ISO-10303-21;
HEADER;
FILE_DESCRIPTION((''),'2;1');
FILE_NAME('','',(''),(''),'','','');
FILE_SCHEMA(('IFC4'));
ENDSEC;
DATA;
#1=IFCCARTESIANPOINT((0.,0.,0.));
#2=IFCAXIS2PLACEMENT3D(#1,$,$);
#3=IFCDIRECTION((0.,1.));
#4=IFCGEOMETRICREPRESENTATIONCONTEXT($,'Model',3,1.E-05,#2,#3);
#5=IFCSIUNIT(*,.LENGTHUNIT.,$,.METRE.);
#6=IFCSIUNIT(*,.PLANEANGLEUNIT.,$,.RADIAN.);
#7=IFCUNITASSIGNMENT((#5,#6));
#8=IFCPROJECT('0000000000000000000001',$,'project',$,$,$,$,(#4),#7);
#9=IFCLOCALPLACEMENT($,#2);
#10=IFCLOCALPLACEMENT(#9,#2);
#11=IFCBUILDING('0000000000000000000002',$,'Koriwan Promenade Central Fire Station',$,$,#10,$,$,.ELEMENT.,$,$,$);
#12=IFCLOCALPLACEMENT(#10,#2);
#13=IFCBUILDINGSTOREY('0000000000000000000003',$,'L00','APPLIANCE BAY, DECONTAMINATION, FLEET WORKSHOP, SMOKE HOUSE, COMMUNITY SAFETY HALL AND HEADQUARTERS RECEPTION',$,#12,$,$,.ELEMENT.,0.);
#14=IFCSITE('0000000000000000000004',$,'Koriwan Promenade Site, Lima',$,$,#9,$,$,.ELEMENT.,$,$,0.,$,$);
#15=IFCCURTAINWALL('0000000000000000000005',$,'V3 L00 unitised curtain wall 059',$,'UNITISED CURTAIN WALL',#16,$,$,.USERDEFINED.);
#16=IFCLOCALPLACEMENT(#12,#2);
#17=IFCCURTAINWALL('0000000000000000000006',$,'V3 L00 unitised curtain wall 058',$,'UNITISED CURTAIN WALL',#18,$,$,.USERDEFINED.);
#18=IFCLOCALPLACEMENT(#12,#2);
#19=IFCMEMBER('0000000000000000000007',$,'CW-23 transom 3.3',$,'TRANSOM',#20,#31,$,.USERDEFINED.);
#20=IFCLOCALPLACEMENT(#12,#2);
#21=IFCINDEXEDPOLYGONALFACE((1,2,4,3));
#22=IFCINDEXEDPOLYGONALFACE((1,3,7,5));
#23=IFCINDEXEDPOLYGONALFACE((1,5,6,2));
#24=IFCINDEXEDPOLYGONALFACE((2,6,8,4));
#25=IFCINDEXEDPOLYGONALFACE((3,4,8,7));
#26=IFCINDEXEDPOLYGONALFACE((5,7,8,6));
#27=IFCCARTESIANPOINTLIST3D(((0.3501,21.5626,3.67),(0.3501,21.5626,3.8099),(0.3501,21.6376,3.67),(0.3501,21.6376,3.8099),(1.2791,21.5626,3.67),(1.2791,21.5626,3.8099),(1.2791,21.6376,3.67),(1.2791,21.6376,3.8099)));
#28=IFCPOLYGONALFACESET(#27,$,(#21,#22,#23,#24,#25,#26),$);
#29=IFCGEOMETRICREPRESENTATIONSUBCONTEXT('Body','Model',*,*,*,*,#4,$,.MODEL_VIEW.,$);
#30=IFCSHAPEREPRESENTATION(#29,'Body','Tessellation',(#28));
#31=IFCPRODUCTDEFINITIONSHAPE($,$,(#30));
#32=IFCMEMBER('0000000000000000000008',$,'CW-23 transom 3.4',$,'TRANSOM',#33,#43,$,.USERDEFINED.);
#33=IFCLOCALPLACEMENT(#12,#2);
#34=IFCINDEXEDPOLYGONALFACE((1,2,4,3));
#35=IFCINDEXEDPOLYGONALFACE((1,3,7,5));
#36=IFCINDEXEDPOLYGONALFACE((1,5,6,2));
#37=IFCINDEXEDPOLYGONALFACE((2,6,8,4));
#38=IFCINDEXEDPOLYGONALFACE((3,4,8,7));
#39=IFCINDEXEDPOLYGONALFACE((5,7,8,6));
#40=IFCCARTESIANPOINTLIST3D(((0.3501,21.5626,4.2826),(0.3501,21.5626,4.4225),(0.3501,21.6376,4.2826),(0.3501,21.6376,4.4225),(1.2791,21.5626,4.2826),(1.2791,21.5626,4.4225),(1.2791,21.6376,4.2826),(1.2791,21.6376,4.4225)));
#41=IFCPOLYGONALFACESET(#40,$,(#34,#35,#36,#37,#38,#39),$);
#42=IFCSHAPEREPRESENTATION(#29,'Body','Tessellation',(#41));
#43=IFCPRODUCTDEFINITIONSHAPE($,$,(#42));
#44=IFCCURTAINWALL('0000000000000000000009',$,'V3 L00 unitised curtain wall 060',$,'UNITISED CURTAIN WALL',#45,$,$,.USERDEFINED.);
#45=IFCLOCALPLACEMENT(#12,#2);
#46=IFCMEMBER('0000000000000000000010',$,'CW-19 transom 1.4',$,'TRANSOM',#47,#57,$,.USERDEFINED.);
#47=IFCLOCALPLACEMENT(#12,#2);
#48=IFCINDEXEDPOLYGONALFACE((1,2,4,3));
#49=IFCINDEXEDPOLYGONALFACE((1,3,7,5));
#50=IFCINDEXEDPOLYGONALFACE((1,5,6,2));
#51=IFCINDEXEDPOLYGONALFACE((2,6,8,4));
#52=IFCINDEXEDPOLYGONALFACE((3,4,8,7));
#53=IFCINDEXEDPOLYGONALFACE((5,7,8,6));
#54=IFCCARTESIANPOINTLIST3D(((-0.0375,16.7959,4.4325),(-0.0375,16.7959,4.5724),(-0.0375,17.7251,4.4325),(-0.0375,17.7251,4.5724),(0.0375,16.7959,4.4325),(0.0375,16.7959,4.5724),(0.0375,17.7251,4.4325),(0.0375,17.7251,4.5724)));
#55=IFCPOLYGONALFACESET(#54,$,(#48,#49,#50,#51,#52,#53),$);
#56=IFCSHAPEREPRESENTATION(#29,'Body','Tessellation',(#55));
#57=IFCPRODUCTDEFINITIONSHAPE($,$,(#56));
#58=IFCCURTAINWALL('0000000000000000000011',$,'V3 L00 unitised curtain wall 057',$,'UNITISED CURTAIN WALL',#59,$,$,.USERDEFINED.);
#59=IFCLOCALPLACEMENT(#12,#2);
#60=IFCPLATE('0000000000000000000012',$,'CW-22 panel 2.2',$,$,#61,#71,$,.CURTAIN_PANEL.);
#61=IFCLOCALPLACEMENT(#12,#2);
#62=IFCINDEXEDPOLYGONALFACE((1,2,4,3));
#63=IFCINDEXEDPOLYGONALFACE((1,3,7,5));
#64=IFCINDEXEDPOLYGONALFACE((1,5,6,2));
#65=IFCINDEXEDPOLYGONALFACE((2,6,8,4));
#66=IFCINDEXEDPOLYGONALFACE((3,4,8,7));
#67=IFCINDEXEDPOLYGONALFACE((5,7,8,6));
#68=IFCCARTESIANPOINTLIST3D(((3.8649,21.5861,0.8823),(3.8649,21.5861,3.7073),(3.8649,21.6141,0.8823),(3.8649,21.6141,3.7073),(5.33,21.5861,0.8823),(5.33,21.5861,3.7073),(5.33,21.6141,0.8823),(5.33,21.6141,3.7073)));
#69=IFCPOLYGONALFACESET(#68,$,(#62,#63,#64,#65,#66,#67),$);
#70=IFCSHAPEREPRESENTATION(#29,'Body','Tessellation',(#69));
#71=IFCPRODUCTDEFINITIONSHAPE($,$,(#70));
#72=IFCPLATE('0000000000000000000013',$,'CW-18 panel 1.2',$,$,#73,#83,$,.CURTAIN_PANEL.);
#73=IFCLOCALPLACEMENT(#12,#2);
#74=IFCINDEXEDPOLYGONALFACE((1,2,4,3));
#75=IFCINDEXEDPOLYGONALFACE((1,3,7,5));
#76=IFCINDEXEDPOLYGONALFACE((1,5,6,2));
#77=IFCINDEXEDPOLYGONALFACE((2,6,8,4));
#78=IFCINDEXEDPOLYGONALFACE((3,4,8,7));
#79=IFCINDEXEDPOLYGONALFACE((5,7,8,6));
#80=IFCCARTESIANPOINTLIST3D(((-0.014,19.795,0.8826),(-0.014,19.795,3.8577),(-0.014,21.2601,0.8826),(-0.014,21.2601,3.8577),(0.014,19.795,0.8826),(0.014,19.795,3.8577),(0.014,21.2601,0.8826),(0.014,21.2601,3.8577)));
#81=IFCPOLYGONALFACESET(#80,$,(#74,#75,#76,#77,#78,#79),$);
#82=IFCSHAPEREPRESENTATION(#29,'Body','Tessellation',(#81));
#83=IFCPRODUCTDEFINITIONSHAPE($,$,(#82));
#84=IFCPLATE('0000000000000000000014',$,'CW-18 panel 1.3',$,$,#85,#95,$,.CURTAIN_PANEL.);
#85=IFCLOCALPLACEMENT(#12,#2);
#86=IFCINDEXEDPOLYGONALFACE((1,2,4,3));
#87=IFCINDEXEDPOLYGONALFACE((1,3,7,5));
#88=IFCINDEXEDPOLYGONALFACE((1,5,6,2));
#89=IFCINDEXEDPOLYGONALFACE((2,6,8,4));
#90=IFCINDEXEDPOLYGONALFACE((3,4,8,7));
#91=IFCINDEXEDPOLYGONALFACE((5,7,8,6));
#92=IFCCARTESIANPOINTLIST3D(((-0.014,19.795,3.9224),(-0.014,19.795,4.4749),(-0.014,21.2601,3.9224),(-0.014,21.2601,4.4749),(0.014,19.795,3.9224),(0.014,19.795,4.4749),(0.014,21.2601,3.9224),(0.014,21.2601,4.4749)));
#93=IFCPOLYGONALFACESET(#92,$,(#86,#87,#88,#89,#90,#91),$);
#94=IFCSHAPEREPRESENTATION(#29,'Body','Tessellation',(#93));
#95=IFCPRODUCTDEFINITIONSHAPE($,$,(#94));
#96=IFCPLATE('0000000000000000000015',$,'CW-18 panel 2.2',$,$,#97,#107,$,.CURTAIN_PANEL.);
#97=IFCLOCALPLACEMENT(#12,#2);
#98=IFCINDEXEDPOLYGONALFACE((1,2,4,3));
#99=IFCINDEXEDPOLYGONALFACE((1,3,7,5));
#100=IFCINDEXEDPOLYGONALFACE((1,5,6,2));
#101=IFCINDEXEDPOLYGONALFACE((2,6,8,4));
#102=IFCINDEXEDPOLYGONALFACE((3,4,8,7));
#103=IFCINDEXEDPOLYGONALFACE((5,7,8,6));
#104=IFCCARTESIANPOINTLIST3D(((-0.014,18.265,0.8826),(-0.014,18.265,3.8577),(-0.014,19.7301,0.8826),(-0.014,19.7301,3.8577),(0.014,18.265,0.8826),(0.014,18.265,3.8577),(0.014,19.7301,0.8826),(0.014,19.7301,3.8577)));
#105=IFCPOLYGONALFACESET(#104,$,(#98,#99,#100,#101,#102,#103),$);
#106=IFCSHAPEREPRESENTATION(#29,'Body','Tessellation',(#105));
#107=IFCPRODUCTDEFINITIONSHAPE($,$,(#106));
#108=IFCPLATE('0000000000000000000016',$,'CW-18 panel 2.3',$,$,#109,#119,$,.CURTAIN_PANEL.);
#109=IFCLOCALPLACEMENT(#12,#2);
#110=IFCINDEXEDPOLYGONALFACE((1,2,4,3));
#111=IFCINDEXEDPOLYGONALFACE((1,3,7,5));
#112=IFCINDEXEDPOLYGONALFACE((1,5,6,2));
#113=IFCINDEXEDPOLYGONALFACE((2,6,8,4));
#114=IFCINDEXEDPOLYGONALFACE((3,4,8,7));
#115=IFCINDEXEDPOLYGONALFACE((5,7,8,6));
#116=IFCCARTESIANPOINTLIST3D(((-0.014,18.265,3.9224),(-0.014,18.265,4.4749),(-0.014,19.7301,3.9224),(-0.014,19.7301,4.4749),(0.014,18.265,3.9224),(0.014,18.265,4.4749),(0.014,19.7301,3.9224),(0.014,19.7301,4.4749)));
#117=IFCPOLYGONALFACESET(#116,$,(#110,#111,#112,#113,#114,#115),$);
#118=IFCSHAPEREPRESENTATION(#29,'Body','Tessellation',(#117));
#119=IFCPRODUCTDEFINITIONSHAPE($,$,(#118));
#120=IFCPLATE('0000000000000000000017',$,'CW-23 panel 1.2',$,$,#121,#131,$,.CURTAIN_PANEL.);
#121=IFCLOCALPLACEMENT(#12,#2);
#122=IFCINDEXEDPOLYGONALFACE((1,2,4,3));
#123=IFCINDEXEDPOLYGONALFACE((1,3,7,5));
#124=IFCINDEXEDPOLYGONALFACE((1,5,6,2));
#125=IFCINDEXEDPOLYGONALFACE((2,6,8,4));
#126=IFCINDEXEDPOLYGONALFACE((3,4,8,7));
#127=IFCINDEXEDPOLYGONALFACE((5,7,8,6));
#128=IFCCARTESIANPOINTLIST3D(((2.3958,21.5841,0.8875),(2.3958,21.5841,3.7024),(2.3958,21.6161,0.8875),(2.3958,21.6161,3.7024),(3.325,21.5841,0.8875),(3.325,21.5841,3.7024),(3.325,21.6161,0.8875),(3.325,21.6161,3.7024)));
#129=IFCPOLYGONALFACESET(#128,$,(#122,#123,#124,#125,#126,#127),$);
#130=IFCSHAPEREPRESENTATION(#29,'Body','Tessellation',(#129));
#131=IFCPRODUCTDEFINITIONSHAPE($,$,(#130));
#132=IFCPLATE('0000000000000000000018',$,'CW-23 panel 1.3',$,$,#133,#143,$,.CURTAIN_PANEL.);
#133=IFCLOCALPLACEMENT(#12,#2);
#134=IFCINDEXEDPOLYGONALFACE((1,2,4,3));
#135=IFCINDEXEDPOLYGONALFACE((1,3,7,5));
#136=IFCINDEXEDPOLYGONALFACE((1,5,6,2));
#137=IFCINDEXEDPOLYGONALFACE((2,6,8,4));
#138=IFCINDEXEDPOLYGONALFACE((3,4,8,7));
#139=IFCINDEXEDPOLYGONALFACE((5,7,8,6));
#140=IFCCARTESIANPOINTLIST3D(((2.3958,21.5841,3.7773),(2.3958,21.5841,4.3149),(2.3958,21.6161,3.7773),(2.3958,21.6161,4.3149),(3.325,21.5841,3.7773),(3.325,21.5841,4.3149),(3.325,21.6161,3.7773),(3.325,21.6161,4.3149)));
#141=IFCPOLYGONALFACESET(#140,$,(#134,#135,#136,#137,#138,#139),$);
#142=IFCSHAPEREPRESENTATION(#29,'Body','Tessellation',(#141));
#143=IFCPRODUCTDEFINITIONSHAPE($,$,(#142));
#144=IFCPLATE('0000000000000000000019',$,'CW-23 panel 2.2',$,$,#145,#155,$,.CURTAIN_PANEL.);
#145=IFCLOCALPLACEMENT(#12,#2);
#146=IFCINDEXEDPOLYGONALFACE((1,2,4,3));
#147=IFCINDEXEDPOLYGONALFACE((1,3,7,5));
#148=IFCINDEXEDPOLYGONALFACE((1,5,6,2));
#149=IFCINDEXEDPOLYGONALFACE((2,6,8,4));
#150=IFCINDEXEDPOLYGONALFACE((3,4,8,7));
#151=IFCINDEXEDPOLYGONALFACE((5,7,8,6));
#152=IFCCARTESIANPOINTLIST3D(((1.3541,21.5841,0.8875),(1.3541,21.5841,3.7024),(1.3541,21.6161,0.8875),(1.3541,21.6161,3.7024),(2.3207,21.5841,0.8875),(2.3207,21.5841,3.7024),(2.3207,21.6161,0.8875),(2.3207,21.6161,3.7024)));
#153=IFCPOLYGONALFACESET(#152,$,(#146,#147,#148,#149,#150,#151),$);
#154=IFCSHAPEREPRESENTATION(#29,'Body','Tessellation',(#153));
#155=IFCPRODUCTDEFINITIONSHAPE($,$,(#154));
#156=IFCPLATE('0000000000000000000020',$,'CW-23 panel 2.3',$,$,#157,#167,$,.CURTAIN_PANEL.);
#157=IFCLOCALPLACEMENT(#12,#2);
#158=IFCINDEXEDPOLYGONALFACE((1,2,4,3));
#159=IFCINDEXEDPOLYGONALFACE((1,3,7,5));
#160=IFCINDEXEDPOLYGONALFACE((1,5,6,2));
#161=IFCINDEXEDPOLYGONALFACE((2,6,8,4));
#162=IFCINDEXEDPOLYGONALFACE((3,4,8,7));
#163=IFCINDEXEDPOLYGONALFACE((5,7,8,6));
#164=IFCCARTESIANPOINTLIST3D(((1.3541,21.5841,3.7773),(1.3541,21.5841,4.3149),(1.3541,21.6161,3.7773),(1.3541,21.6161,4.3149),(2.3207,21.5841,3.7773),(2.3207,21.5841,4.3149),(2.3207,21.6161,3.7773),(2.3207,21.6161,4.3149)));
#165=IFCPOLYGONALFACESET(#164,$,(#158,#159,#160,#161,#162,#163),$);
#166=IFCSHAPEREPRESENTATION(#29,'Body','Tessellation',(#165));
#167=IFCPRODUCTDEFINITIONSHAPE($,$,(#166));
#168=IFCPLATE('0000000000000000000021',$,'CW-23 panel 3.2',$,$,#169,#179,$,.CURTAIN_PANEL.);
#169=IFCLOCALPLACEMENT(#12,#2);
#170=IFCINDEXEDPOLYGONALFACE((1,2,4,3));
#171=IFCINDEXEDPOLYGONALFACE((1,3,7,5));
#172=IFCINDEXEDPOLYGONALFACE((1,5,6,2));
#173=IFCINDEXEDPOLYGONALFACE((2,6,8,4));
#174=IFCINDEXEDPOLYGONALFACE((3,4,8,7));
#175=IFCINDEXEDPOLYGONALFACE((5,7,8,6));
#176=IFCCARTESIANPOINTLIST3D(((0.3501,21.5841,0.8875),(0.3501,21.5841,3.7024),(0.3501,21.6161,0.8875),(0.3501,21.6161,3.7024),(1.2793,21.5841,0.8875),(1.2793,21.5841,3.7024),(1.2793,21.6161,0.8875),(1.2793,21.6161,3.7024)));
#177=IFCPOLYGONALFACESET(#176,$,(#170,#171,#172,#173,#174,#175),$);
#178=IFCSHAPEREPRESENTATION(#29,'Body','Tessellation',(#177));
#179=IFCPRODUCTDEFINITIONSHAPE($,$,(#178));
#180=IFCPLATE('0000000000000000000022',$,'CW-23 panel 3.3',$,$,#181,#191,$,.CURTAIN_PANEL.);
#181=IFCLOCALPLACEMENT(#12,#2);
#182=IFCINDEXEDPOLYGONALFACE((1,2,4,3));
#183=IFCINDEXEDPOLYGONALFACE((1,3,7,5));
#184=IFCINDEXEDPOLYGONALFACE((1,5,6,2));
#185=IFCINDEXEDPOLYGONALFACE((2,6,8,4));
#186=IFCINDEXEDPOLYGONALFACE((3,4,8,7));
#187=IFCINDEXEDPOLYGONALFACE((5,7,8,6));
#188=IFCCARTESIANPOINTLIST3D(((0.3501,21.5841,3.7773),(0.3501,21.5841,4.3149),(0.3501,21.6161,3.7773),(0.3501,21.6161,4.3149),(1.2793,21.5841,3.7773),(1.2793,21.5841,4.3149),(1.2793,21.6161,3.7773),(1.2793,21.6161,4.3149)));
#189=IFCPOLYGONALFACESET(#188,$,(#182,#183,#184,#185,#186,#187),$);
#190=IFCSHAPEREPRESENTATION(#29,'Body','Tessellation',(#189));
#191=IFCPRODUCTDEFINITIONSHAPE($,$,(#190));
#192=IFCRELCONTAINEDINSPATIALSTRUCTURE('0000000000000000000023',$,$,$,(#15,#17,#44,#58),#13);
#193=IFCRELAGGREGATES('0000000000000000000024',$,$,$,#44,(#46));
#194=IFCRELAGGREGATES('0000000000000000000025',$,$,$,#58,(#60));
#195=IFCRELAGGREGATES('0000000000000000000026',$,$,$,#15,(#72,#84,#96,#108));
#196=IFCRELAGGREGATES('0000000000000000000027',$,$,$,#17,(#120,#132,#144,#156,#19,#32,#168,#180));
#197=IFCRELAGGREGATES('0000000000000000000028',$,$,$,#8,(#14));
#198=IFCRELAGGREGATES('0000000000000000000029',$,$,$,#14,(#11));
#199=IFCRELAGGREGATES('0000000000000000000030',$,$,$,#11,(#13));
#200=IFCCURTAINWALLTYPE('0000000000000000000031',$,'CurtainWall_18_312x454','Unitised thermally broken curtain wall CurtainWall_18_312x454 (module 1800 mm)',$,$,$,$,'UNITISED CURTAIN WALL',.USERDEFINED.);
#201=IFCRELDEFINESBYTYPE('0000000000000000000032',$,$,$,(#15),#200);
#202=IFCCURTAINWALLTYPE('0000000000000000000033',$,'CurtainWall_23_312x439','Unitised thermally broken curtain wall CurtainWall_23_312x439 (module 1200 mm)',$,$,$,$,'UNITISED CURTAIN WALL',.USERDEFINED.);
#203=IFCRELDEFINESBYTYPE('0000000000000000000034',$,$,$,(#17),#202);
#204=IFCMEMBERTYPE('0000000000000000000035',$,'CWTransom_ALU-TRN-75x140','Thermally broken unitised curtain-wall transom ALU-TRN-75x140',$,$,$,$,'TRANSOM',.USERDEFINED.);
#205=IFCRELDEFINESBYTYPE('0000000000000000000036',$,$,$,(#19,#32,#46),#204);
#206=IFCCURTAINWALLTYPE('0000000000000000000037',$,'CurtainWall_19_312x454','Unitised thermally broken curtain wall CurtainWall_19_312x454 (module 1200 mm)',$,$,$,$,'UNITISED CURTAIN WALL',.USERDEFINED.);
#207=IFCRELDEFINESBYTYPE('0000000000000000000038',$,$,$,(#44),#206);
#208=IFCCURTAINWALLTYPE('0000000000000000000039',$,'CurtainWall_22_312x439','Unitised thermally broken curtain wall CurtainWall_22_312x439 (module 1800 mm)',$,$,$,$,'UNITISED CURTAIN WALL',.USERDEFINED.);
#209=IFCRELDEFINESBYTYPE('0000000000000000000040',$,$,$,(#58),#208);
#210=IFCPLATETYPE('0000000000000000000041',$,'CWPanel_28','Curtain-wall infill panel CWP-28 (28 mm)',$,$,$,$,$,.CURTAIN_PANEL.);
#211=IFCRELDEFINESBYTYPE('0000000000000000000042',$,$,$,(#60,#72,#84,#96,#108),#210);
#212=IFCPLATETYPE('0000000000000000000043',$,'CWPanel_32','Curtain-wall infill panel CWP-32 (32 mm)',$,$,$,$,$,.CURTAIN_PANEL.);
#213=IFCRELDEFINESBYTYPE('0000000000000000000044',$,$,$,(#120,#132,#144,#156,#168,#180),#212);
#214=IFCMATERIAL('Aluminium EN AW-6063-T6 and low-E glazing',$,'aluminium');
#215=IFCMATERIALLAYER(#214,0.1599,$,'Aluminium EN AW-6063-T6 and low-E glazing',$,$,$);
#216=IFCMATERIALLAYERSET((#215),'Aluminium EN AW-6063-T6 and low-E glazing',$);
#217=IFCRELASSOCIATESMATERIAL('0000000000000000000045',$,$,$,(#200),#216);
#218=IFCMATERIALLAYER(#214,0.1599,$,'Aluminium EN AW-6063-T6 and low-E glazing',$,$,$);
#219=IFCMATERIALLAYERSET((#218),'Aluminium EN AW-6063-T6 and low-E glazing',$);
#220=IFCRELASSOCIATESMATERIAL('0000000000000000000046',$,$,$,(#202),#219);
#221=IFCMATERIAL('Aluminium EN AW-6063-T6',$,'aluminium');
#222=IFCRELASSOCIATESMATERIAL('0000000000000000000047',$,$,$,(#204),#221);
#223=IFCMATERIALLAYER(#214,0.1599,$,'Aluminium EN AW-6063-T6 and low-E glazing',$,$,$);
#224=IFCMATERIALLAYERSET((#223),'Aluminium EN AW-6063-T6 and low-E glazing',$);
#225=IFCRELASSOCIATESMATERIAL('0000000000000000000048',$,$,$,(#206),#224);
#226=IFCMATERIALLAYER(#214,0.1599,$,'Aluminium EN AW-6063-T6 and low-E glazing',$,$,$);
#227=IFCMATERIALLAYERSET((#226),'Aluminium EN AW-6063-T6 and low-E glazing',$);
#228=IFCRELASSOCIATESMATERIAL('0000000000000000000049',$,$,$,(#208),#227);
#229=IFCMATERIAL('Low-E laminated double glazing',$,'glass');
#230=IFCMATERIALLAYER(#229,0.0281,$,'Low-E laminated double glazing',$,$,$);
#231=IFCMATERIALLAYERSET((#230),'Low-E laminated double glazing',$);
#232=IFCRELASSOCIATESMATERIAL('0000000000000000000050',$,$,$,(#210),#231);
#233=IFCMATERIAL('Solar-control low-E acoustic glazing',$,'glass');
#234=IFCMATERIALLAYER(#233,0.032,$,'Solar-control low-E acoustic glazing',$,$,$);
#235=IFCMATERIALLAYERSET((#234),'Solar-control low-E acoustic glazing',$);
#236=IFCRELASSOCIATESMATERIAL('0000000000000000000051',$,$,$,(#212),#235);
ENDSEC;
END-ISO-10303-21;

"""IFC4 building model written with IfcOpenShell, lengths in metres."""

from ifc_helpers import new_model, si_unit, direction, frame, origin, origin_2d, place, context, subcontext, project, spatial, rectangle, extrude, material, layer, layer_set, material_profile, profile_set, type_object, element, aggregate, save


model = new_model("IFC4")

# Units and contexts
model_context = context("Model", 3, precision=1e-05, world=origin(), true_north=direction((0.0, 1.0)))
body_context = subcontext(model_context, "Body", "Model", "MODEL_VIEW")
ifc_project = project(units=[si_unit("LENGTHUNIT", "METRE"), si_unit("PLANEANGLEUNIT", "RADIAN")], contexts=[model_context])

# Site, building, storey
site_placement = place(None, origin())
site = spatial("IfcSite", under=ifc_project, at=site_placement, Name="Koriwan Promenade Site, Lima", CompositionType="ELEMENT", RefElevation=0.0)
building_placement = place(site_placement, origin())
building = spatial("IfcBuilding", under=site, at=building_placement, Name="Koriwan Promenade Central Fire Station", CompositionType="ELEMENT")
storey_placement = place(building_placement, origin())
storey = spatial("IfcBuildingStorey", under=building, at=storey_placement, Name="L00", Description="APPLIANCE BAY, DECONTAMINATION, FLEET WORKSHOP, SMOKE HOUSE, COMMUNITY SAFETY HALL AND HEADQUARTERS RECEPTION", CompositionType="ELEMENT", Elevation=0.0)

# Curtain walls, members
ifc_material_1 = material(Name="Aluminium EN AW-6063-T6 and low-E glazing", Category="aluminium")
ifc_layer_1 = layer(ifc_material_1, 0.1599, Name="Aluminium EN AW-6063-T6 and low-E glazing")
ifc_layer_set_1 = layer_set([ifc_layer_1], Name="Aluminium EN AW-6063-T6 and low-E glazing")
curtain_wall_type_1 = type_object("IfcCurtainWallType", Name="CurtainWall_18_312x454", Description="Unitised thermally broken curtain wall CurtainWall_18_312x454 (module 1800 mm)", ElementType="UNITISED CURTAIN WALL", PredefinedType="USERDEFINED", material=ifc_layer_set_1)
curtain_wall_1_placement = place(storey_placement, origin())
curtain_wall_1 = element("IfcCurtainWall", 1, at=curtain_wall_1_placement, inside=storey, type_object=curtain_wall_type_1, Name="V3 L00 unitised curtain wall 059", ObjectType="UNITISED CURTAIN WALL", PredefinedType="USERDEFINED")
ifc_material_2 = material(Name="Aluminium EN AW-6063-T6", Category="aluminium")
ifc_layer_2 = layer(ifc_material_1, 0.1599, Name="Aluminium EN AW-6063-T6 and low-E glazing")
ifc_layer_set_2 = layer_set([ifc_layer_2], Name="Aluminium EN AW-6063-T6 and low-E glazing")
curtain_wall_type_2 = type_object("IfcCurtainWallType", Name="CurtainWall_23_312x439", Description="Unitised thermally broken curtain wall CurtainWall_23_312x439 (module 1200 mm)", ElementType="UNITISED CURTAIN WALL", PredefinedType="USERDEFINED", material=ifc_layer_set_2)
curtain_wall_2_placement = place(storey_placement, origin())
curtain_wall_2 = element("IfcCurtainWall", 2, at=curtain_wall_2_placement, inside=storey, type_object=curtain_wall_type_2, Name="V3 L00 unitised curtain wall 058", ObjectType="UNITISED CURTAIN WALL", PredefinedType="USERDEFINED")
ifc_material_profile_1 = material_profile(ifc_material_2, rectangle(XDim=0.075, YDim=0.1399, at=origin_2d()), Name="ALU-TRN-75x140")
ifc_profile_set_1 = profile_set([ifc_material_profile_1], Name="Aluminium EN AW-6063-T6")
member_type_1 = type_object("IfcMemberType", Name="CWTransom_ALU-TRN-75x140", Description="Thermally broken unitised curtain-wall transom ALU-TRN-75x140", ElementType="TRANSOM", PredefinedType="USERDEFINED", material=ifc_profile_set_1)
member_1_placement = place(storey_placement, frame((1.2791, 21.6001, 3.74), z_axis=(-1.0, 0.0, 0.0), x_axis=(0.0, -1.0, 0.0)))
member_1 = element("IfcMember", 3, at=member_1_placement, type_object=member_type_1, Name="CW-23 transom 3.3", ObjectType="TRANSOM", PredefinedType="USERDEFINED", context=body_context, shape_type="SweptSolid", body=[
    extrude(rectangle(XDim=0.075, YDim=0.1399, at=origin_2d()), origin(), (0.0, 0.0, 1.0), 0.929),
])
member_2_placement = place(storey_placement, frame((1.2791, 21.6001, 4.3525), z_axis=(-1.0, 0.0, 0.0), x_axis=(0.0, -1.0, 0.0)))
member_2 = element("IfcMember", 4, at=member_2_placement, type_object=member_type_1, Name="CW-23 transom 3.4", ObjectType="TRANSOM", PredefinedType="USERDEFINED", context=body_context, shape_type="SweptSolid", body=[
    extrude(rectangle(XDim=0.075, YDim=0.1399, at=origin_2d()), origin(), (0.0, 0.0, 1.0), 0.929),
])

# Curtain wall, member
ifc_layer_3 = layer(ifc_material_1, 0.1599, Name="Aluminium EN AW-6063-T6 and low-E glazing")
ifc_layer_set_3 = layer_set([ifc_layer_3], Name="Aluminium EN AW-6063-T6 and low-E glazing")
curtain_wall_type_3 = type_object("IfcCurtainWallType", Name="CurtainWall_19_312x454", Description="Unitised thermally broken curtain wall CurtainWall_19_312x454 (module 1200 mm)", ElementType="UNITISED CURTAIN WALL", PredefinedType="USERDEFINED", material=ifc_layer_set_3)
curtain_wall_3_placement = place(storey_placement, origin())
curtain_wall_3 = element("IfcCurtainWall", 5, at=curtain_wall_3_placement, inside=storey, type_object=curtain_wall_type_3, Name="V3 L00 unitised curtain wall 060", ObjectType="UNITISED CURTAIN WALL", PredefinedType="USERDEFINED")
member_3_placement = place(storey_placement, frame((0.0, 17.7251, 4.5024), z_axis=(0.0, -1.0, 0.0), x_axis=(1.0, 0.0, 0.0)))
member_3 = element("IfcMember", 6, at=member_3_placement, type_object=member_type_1, Name="CW-19 transom 1.4", ObjectType="TRANSOM", PredefinedType="USERDEFINED", context=body_context, shape_type="SweptSolid", body=[
    extrude(rectangle(XDim=0.075, YDim=0.1399, at=origin_2d()), origin(), (0.0, 0.0, 1.0), 0.9292),
])
aggregate(curtain_wall_3, [member_3])

# Curtain wall, plate
ifc_layer_4 = layer(ifc_material_1, 0.1599, Name="Aluminium EN AW-6063-T6 and low-E glazing")
ifc_layer_set_4 = layer_set([ifc_layer_4], Name="Aluminium EN AW-6063-T6 and low-E glazing")
curtain_wall_type_4 = type_object("IfcCurtainWallType", Name="CurtainWall_22_312x439", Description="Unitised thermally broken curtain wall CurtainWall_22_312x439 (module 1800 mm)", ElementType="UNITISED CURTAIN WALL", PredefinedType="USERDEFINED", material=ifc_layer_set_4)
curtain_wall_4_placement = place(storey_placement, origin())
curtain_wall_4 = element("IfcCurtainWall", 7, at=curtain_wall_4_placement, inside=storey, type_object=curtain_wall_type_4, Name="V3 L00 unitised curtain wall 057", ObjectType="UNITISED CURTAIN WALL", PredefinedType="USERDEFINED")
ifc_material_3 = material(Name="Low-E laminated double glazing", Category="glass")
ifc_layer_5 = layer(ifc_material_3, 0.0281, Name="Low-E laminated double glazing")
ifc_layer_set_5 = layer_set([ifc_layer_5], Name="Low-E laminated double glazing")
plate_type_1 = type_object("IfcPlateType", Name="CWPanel_28", Description="Curtain-wall infill panel CWP-28 (28 mm)", PredefinedType="CURTAIN_PANEL", material=ifc_layer_set_5)
plate_1_placement = place(storey_placement, frame((4.5974, 21.6001, 0.8823), z_axis=(0.0, 0.0, 1.0), x_axis=(-1.0, 0.0, 0.0)))
plate_1 = element("IfcPlate", 8, at=plate_1_placement, type_object=plate_type_1, Name="CW-22 panel 2.2", PredefinedType="CURTAIN_PANEL", context=body_context, shape_type="SweptSolid", body=[
    extrude(rectangle(XDim=1.4651, YDim=0.0281, at=origin_2d()), origin(), (0.0, 0.0, 1.0), 2.825),
])
aggregate(curtain_wall_4, [plate_1])

# Plates
plate_2_placement = place(storey_placement, frame((0.0, 20.5276, 0.8826), z_axis=(0.0, 0.0, 1.0), x_axis=(0.0, -1.0, 0.0)))
plate_2 = element("IfcPlate", 9, at=plate_2_placement, type_object=plate_type_1, Name="CW-18 panel 1.2", PredefinedType="CURTAIN_PANEL", context=body_context, shape_type="SweptSolid", body=[
    extrude(rectangle(XDim=1.4651, YDim=0.0281, at=origin_2d()), origin(), (0.0, 0.0, 1.0), 2.9751),
])
plate_3_placement = place(storey_placement, frame((0.0, 20.5276, 3.9224), z_axis=(0.0, 0.0, 1.0), x_axis=(0.0, -1.0, 0.0)))
plate_3 = element("IfcPlate", 10, at=plate_3_placement, type_object=plate_type_1, Name="CW-18 panel 1.3", PredefinedType="CURTAIN_PANEL", context=body_context, shape_type="SweptSolid", body=[
    extrude(rectangle(XDim=1.4651, YDim=0.0281, at=origin_2d()), origin(), (0.0, 0.0, 1.0), 0.5525),
])
plate_4_placement = place(storey_placement, frame((0.0, 18.9976, 0.8826), z_axis=(0.0, 0.0, 1.0), x_axis=(0.0, -1.0, 0.0)))
plate_4 = element("IfcPlate", 11, at=plate_4_placement, type_object=plate_type_1, Name="CW-18 panel 2.2", PredefinedType="CURTAIN_PANEL", context=body_context, shape_type="SweptSolid", body=[
    extrude(rectangle(XDim=1.4651, YDim=0.0281, at=origin_2d()), origin(), (0.0, 0.0, 1.0), 2.9751),
])
plate_5_placement = place(storey_placement, frame((0.0, 18.9976, 3.9224), z_axis=(0.0, 0.0, 1.0), x_axis=(0.0, -1.0, 0.0)))
plate_5 = element("IfcPlate", 12, at=plate_5_placement, type_object=plate_type_1, Name="CW-18 panel 2.3", PredefinedType="CURTAIN_PANEL", context=body_context, shape_type="SweptSolid", body=[
    extrude(rectangle(XDim=1.4651, YDim=0.0281, at=origin_2d()), origin(), (0.0, 0.0, 1.0), 0.5525),
])
aggregate(curtain_wall_1, [plate_2, plate_3, plate_4, plate_5])
ifc_material_4 = material(Name="Solar-control low-E acoustic glazing", Category="glass")
ifc_layer_6 = layer(ifc_material_4, 0.032, Name="Solar-control low-E acoustic glazing")
ifc_layer_set_6 = layer_set([ifc_layer_6], Name="Solar-control low-E acoustic glazing")
plate_type_2 = type_object("IfcPlateType", Name="CWPanel_32", Description="Curtain-wall infill panel CWP-32 (32 mm)", PredefinedType="CURTAIN_PANEL", material=ifc_layer_set_6)
plate_6_placement = place(storey_placement, frame((2.8604, 21.6001, 0.8875), z_axis=(0.0, 0.0, 1.0), x_axis=(-1.0, 0.0, 0.0)))
plate_6 = element("IfcPlate", 13, at=plate_6_placement, type_object=plate_type_2, Name="CW-23 panel 1.2", PredefinedType="CURTAIN_PANEL", context=body_context, shape_type="SweptSolid", body=[
    extrude(rectangle(XDim=0.9292, YDim=0.032, at=origin_2d()), origin(), (0.0, 0.0, 1.0), 2.8149),
])
plate_7_placement = place(storey_placement, frame((2.8604, 21.6001, 3.7773), z_axis=(0.0, 0.0, 1.0), x_axis=(-1.0, 0.0, 0.0)))
plate_7 = element("IfcPlate", 14, at=plate_7_placement, type_object=plate_type_2, Name="CW-23 panel 1.3", PredefinedType="CURTAIN_PANEL", context=body_context, shape_type="SweptSolid", body=[
    extrude(rectangle(XDim=0.9292, YDim=0.032, at=origin_2d()), origin(), (0.0, 0.0, 1.0), 0.5376),
])
plate_8_placement = place(storey_placement, frame((1.8374, 21.6001, 0.8875), z_axis=(0.0, 0.0, 1.0), x_axis=(-1.0, 0.0, 0.0)))
plate_8 = element("IfcPlate", 15, at=plate_8_placement, type_object=plate_type_2, Name="CW-23 panel 2.2", PredefinedType="CURTAIN_PANEL", context=body_context, shape_type="SweptSolid", body=[
    extrude(rectangle(XDim=0.9666, YDim=0.032, at=origin_2d()), origin(), (0.0, 0.0, 1.0), 2.8149),
])
plate_9_placement = place(storey_placement, frame((1.8374, 21.6001, 3.7773), z_axis=(0.0, 0.0, 1.0), x_axis=(-1.0, 0.0, 0.0)))
plate_9 = element("IfcPlate", 16, at=plate_9_placement, type_object=plate_type_2, Name="CW-23 panel 2.3", PredefinedType="CURTAIN_PANEL", context=body_context, shape_type="SweptSolid", body=[
    extrude(rectangle(XDim=0.9666, YDim=0.032, at=origin_2d()), origin(), (0.0, 0.0, 1.0), 0.5376),
])
plate_10_placement = place(storey_placement, frame((0.8147, 21.6001, 0.8875), z_axis=(0.0, 0.0, 1.0), x_axis=(-1.0, 0.0, 0.0)))
plate_10 = element("IfcPlate", 17, at=plate_10_placement, type_object=plate_type_2, Name="CW-23 panel 3.2", PredefinedType="CURTAIN_PANEL", context=body_context, shape_type="SweptSolid", body=[
    extrude(rectangle(XDim=0.9292, YDim=0.032, at=origin_2d()), origin(), (0.0, 0.0, 1.0), 2.8149),
])
plate_11_placement = place(storey_placement, frame((0.8147, 21.6001, 3.7773), z_axis=(0.0, 0.0, 1.0), x_axis=(-1.0, 0.0, 0.0)))
plate_11 = element("IfcPlate", 18, at=plate_11_placement, type_object=plate_type_2, Name="CW-23 panel 3.3", PredefinedType="CURTAIN_PANEL", context=body_context, shape_type="SweptSolid", body=[
    extrude(rectangle(XDim=0.9292, YDim=0.032, at=origin_2d()), origin(), (0.0, 0.0, 1.0), 0.5376),
])
aggregate(curtain_wall_2, [plate_6, plate_7, plate_8, plate_9, member_1, member_2, plate_10, plate_11])

save(model, "model.ifc")
